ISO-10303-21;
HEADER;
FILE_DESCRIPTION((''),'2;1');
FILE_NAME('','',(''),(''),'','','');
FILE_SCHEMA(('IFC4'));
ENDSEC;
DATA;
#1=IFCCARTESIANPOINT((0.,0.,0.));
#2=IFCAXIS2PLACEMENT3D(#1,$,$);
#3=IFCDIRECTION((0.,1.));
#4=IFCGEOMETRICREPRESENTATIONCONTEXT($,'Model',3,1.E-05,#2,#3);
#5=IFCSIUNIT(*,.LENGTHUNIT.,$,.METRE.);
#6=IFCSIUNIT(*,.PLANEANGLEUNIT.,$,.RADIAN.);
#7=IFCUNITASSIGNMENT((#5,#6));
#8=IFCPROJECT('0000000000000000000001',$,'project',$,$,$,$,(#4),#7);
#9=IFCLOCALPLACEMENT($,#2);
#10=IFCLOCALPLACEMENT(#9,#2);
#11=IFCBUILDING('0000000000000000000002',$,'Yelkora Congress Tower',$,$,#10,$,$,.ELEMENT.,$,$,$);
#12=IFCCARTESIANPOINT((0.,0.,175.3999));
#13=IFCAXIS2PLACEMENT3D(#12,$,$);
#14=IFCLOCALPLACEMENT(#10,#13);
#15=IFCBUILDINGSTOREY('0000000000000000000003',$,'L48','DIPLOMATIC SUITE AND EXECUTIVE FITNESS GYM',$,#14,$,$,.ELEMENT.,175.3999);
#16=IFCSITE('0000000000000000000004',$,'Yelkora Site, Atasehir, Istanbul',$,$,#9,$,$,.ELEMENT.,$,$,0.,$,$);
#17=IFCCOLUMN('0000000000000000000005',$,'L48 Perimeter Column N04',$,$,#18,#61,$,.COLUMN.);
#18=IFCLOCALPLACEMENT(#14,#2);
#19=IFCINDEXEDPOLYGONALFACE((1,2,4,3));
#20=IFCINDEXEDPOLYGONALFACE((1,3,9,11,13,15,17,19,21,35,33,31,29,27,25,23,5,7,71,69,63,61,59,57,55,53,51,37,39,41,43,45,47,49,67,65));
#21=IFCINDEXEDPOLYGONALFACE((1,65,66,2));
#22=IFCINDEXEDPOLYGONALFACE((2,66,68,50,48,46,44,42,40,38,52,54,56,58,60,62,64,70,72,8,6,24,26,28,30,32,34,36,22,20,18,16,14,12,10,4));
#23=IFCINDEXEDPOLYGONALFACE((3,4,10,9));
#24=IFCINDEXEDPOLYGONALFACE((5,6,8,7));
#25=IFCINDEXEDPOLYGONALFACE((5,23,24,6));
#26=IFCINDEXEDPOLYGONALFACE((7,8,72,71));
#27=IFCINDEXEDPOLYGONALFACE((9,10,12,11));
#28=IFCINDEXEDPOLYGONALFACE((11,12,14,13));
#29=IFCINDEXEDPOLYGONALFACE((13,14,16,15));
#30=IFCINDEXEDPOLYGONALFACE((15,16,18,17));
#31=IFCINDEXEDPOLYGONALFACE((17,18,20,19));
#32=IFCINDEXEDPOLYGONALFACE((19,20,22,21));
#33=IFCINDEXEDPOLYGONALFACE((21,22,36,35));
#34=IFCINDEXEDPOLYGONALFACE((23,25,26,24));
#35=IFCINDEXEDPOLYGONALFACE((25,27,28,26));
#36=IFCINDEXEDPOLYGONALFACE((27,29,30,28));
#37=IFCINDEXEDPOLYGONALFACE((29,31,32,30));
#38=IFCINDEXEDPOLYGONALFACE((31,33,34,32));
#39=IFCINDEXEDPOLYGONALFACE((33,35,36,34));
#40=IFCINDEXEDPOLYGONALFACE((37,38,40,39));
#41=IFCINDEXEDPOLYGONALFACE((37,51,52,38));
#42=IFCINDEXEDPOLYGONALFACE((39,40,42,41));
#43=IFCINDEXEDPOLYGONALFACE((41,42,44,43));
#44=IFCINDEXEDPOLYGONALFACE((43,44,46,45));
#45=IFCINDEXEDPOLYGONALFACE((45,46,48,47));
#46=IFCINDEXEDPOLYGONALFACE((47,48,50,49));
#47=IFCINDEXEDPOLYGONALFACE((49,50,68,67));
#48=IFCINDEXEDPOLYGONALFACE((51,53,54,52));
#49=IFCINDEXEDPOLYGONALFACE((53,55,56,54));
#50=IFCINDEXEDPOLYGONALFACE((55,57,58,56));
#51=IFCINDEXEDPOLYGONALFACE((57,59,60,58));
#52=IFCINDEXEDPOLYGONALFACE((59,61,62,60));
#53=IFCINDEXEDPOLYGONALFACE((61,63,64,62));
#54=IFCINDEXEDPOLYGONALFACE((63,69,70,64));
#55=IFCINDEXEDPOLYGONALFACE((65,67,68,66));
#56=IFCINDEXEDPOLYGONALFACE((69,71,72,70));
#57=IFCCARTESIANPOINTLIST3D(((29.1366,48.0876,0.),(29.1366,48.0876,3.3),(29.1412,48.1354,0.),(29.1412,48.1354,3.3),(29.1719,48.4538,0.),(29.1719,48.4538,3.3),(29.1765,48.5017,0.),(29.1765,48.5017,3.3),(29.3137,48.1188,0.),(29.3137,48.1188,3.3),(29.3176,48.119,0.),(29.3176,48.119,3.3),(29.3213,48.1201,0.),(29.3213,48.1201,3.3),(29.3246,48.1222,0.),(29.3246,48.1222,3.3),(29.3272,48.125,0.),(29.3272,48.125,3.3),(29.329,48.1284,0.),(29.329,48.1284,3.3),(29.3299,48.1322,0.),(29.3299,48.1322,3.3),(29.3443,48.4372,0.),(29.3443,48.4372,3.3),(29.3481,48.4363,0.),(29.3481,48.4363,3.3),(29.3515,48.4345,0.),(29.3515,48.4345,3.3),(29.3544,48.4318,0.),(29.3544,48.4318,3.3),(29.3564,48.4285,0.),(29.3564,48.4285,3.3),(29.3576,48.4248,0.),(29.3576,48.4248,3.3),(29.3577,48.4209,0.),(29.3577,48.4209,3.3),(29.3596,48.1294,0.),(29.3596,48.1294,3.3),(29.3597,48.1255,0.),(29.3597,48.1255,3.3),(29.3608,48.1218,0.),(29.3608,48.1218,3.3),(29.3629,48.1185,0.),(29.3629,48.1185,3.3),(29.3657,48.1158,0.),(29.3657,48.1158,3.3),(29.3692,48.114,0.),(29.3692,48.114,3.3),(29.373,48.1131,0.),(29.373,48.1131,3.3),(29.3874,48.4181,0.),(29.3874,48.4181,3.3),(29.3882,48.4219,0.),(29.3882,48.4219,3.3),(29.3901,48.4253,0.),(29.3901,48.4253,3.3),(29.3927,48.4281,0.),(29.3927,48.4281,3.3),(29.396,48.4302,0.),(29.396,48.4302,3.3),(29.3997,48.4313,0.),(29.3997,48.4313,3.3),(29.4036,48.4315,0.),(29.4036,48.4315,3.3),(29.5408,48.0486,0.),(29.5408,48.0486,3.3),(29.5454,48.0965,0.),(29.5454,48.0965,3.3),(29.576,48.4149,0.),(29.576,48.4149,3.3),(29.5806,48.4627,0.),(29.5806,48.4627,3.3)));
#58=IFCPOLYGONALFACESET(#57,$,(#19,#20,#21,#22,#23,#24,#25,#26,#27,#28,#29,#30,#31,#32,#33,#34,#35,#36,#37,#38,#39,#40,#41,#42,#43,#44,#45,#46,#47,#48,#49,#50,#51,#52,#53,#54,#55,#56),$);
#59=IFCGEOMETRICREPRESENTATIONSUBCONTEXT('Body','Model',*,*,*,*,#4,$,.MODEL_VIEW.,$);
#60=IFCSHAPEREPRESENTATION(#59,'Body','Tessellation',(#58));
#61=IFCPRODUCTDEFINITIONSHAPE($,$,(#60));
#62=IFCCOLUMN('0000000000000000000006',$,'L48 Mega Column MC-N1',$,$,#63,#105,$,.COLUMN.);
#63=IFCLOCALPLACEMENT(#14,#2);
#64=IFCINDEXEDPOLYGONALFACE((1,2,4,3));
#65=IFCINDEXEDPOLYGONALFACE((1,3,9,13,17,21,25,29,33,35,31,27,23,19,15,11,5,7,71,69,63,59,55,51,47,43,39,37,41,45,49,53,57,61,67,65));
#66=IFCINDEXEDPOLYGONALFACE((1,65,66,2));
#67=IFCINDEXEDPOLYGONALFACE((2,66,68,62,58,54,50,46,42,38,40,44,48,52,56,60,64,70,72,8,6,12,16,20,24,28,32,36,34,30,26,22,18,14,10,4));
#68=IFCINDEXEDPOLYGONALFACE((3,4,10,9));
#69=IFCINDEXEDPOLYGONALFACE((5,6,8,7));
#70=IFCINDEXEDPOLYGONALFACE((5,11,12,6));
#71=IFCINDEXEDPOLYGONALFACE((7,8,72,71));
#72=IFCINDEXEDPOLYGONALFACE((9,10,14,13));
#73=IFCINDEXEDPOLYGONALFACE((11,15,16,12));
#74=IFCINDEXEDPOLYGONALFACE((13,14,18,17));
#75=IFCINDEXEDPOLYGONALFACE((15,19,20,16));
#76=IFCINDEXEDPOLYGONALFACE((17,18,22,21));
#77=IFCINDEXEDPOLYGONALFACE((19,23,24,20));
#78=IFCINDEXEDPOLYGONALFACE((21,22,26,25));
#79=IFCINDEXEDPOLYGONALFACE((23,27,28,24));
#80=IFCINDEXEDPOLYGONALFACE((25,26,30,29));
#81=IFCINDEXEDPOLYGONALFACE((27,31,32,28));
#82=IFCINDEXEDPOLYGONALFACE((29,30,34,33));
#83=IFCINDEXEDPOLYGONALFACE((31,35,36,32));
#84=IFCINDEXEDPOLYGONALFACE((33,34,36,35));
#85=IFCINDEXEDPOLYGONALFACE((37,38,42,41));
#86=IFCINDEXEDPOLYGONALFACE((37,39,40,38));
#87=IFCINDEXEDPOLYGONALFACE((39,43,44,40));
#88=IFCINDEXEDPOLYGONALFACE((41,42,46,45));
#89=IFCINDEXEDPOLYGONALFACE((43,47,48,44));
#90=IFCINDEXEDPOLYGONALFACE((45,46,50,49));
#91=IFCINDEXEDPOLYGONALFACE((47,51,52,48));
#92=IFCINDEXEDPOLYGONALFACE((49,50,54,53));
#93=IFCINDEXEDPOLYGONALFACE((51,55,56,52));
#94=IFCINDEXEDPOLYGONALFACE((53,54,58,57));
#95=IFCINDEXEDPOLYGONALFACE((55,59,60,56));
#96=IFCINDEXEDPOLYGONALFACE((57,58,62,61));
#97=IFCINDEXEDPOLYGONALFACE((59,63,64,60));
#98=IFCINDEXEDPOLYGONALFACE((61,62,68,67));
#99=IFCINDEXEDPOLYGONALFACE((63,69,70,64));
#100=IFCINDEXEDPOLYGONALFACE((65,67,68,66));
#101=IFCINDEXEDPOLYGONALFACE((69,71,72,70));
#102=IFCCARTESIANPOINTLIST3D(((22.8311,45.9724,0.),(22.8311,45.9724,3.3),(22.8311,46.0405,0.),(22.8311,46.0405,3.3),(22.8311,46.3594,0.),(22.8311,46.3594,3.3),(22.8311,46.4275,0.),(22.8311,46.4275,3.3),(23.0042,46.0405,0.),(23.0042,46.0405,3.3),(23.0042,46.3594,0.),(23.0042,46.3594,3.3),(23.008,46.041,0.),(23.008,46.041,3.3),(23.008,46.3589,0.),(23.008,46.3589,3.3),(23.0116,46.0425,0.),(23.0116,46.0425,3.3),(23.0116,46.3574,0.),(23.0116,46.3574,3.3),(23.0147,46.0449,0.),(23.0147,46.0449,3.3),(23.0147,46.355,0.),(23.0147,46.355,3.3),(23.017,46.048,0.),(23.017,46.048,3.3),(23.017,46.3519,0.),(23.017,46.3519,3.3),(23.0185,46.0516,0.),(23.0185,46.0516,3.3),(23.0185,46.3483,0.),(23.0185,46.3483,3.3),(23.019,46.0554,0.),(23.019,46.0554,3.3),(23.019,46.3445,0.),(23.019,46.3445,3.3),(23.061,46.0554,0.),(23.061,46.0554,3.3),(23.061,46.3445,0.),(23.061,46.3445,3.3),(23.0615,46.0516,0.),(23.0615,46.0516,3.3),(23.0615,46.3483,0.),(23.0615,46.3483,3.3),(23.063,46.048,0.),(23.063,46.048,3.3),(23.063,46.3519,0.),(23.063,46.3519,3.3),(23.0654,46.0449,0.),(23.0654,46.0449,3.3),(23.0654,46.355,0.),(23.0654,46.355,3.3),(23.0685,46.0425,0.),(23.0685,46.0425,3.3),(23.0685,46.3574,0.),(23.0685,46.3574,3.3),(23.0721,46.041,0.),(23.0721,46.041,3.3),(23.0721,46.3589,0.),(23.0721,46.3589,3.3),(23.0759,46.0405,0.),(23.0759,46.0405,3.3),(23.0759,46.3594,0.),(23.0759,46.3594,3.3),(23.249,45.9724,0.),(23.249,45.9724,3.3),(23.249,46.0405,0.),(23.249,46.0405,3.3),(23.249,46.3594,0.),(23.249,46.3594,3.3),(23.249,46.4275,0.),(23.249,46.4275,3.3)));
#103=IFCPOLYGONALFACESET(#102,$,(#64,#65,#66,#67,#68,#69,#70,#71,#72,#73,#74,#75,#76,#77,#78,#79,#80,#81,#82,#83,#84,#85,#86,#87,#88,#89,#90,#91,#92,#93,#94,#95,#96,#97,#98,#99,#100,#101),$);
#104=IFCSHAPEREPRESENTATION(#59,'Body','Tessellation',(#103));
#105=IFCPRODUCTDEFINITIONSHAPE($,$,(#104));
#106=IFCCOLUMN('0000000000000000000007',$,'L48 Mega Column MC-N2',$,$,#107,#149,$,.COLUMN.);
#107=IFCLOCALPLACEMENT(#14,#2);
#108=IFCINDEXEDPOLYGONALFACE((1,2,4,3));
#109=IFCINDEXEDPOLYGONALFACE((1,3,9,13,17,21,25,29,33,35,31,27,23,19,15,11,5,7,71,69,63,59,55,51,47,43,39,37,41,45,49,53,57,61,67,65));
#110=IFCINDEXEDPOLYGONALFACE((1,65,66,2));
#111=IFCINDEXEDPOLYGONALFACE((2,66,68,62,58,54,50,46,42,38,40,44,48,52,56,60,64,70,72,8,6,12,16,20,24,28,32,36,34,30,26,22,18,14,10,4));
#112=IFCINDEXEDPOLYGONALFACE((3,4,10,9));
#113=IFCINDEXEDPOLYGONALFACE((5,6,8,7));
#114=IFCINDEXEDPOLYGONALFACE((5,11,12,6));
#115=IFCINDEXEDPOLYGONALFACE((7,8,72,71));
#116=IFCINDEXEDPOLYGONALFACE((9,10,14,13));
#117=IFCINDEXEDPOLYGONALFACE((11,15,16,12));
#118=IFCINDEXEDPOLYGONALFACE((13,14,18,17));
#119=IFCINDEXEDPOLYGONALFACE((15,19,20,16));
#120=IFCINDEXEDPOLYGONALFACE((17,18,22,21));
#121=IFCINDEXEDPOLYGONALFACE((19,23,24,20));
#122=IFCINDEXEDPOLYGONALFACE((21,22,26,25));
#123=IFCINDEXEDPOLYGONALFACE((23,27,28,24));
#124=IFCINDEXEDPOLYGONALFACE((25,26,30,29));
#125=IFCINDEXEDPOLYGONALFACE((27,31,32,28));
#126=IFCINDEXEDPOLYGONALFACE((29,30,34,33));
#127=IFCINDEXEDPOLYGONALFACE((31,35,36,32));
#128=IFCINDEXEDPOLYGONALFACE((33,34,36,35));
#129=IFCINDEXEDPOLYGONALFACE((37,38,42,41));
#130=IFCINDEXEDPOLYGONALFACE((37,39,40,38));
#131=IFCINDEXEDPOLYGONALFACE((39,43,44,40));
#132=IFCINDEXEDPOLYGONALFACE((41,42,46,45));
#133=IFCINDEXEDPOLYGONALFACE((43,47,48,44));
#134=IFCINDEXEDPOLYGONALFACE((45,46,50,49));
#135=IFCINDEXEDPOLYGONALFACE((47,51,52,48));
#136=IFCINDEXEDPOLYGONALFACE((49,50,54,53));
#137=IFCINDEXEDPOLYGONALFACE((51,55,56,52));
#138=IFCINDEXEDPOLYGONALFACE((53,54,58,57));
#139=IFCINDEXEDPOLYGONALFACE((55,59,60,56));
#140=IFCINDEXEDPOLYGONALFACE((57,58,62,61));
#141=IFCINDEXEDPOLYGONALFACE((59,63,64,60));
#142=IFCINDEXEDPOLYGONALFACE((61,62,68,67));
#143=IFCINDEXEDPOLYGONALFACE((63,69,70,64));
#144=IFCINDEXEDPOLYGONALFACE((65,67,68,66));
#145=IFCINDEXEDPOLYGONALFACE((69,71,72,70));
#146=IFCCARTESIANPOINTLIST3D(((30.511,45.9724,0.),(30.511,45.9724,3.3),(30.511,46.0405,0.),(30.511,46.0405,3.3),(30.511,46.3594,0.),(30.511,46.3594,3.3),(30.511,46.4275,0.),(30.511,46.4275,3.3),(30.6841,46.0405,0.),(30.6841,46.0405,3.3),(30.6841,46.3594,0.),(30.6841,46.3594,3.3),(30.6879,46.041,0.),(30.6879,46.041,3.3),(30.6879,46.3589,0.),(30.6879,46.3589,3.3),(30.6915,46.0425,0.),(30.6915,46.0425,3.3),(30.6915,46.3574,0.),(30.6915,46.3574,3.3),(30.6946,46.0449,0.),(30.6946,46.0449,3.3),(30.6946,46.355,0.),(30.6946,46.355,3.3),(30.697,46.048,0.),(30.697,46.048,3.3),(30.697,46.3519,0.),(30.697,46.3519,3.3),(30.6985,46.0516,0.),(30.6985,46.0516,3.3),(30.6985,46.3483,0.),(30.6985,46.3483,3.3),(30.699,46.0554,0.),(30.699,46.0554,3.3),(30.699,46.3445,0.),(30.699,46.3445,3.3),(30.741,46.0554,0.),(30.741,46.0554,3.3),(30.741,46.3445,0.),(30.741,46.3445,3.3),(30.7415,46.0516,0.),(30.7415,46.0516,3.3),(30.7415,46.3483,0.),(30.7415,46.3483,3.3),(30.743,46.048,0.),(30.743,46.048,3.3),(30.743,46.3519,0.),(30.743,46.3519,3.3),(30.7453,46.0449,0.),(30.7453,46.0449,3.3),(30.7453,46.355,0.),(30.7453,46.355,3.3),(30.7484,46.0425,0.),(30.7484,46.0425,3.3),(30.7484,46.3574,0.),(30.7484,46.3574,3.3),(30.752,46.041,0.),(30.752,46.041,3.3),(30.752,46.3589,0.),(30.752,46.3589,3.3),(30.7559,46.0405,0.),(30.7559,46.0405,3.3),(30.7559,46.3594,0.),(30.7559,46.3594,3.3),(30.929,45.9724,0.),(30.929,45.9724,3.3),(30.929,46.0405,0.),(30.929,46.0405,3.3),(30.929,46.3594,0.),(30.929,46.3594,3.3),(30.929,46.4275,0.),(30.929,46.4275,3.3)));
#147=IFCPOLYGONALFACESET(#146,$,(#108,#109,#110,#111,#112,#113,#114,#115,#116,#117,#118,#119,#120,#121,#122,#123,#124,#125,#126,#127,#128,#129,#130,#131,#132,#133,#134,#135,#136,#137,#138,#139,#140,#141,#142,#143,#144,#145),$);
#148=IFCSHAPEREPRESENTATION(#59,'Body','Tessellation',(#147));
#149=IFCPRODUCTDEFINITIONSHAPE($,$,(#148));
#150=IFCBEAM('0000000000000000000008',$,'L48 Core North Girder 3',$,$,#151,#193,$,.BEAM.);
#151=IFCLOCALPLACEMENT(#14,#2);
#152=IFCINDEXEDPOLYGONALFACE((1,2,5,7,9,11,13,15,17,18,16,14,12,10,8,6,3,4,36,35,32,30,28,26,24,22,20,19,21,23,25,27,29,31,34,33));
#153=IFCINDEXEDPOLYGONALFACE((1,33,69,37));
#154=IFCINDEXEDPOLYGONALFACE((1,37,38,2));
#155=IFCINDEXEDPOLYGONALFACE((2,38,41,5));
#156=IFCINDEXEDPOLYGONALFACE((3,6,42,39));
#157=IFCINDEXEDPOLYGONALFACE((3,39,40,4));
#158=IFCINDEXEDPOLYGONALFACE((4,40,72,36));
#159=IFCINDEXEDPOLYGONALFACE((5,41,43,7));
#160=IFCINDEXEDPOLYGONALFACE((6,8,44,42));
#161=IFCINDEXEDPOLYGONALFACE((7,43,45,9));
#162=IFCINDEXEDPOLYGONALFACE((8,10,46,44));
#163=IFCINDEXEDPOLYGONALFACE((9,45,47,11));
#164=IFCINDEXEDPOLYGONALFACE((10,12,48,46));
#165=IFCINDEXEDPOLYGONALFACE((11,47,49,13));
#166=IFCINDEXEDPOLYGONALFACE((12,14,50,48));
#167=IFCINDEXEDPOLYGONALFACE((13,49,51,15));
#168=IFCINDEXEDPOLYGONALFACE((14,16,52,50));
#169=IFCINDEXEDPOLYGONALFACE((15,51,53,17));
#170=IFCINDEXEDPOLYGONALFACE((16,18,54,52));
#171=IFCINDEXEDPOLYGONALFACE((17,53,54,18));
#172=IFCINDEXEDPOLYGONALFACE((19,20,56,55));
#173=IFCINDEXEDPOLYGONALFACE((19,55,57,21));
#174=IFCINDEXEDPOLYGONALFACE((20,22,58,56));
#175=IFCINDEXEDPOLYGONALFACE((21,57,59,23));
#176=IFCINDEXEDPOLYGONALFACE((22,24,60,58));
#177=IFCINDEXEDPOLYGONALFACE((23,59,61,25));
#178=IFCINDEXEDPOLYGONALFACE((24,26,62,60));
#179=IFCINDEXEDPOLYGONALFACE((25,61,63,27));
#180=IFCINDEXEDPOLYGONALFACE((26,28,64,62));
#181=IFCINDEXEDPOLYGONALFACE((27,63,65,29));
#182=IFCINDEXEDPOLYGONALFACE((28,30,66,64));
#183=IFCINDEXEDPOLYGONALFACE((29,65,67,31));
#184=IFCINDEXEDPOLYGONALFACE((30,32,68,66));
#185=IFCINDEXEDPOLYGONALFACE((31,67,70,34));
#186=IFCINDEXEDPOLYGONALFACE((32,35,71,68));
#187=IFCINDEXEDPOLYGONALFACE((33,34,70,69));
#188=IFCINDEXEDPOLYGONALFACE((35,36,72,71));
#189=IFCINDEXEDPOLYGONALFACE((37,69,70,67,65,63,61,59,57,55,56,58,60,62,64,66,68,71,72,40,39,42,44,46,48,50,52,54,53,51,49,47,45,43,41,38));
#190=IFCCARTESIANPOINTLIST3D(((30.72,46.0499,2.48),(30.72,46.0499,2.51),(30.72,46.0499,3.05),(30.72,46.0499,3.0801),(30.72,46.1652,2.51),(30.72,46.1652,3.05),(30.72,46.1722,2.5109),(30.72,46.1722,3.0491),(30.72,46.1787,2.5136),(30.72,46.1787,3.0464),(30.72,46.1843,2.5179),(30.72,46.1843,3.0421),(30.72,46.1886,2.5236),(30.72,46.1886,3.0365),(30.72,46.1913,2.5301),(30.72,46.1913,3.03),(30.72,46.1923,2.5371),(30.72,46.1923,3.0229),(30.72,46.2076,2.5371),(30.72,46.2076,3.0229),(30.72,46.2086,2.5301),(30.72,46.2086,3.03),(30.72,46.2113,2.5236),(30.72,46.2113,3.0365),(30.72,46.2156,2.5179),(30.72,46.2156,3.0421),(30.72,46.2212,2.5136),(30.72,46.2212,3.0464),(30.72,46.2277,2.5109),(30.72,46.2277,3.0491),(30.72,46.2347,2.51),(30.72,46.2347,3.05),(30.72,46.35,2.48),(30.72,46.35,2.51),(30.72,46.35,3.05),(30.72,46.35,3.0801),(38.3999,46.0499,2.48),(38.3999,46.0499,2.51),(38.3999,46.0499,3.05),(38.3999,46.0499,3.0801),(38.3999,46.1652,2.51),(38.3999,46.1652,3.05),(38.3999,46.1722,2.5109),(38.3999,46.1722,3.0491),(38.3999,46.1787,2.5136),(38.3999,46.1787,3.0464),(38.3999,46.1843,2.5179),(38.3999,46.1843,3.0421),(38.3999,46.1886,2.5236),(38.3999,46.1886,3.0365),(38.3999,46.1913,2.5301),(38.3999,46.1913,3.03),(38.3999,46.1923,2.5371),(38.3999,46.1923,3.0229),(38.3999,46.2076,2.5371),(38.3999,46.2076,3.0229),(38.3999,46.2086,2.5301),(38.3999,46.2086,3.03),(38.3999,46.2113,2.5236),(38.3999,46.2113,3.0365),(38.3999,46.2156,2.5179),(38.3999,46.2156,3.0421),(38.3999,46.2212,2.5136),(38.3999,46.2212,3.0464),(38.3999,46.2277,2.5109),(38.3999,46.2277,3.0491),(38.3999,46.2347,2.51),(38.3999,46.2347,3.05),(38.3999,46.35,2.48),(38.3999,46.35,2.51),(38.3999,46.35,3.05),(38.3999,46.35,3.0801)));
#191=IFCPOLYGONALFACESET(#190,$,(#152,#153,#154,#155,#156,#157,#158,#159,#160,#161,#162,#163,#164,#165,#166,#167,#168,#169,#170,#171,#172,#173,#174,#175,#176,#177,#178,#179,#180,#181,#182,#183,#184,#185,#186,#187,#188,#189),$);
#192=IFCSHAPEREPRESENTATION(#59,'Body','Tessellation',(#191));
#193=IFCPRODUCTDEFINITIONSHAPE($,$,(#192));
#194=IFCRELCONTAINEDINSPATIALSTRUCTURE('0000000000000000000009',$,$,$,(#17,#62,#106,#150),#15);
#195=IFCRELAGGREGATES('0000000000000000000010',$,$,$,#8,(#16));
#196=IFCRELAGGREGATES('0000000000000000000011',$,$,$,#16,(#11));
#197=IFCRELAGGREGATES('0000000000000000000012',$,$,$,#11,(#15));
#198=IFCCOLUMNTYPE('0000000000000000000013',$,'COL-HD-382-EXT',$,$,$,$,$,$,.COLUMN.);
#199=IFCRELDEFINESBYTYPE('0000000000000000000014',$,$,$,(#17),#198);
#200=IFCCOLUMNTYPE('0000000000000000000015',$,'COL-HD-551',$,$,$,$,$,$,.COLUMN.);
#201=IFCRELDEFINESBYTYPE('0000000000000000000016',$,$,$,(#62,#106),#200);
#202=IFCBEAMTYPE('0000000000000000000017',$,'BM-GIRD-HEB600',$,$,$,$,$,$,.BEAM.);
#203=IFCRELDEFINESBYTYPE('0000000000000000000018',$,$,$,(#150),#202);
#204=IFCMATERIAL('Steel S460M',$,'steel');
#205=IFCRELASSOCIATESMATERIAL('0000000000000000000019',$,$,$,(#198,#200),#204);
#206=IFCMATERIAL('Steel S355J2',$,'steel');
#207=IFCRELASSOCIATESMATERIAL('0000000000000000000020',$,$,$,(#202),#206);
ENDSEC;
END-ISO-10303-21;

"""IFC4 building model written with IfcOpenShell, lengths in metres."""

from ifc_helpers import new_model, si_unit, direction, frame, origin, origin_2d, place, context, subcontext, project, spatial, i_section, extrude, material, material_profile, profile_set, type_object, element, save


model = new_model("IFC4")

# Units and contexts
model_context = context("Model", 3, precision=1e-05, world=origin(), true_north=direction((0.0, 1.0)))
body_context = subcontext(model_context, "Body", "Model", "MODEL_VIEW")
ifc_project = project(units=[si_unit("LENGTHUNIT", "METRE"), si_unit("PLANEANGLEUNIT", "RADIAN")], contexts=[model_context])

# Site, building, storey
site_placement = place(None, origin())
site = spatial("IfcSite", under=ifc_project, at=site_placement, Name="Yelkora Site, Atasehir, Istanbul", CompositionType="ELEMENT", RefElevation=0.0)
building_placement = place(site_placement, origin())
building = spatial("IfcBuilding", under=site, at=building_placement, Name="Yelkora Congress Tower", CompositionType="ELEMENT")
storey_placement = place(building_placement, frame((0.0, 0.0, 175.3999)))
storey = spatial("IfcBuildingStorey", under=building, at=storey_placement, Name="L48", Description="DIPLOMATIC SUITE AND EXECUTIVE FITNESS GYM", CompositionType="ELEMENT", Elevation=175.3999)

# Columns
ifc_material_1 = material(Name="Steel S460M", Category="steel")
ifc_material_profile_1 = material_profile(ifc_material_1, i_section(OverallWidth=0.406, OverallDepth=0.416, WebThickness=0.0298, FlangeThickness=0.0481, FilletRadius=0.0149, at=origin_2d()), Name="HD 400x382")
ifc_profile_set_1 = profile_set([ifc_material_profile_1], Name="Steel S460M")
column_type_1 = type_object("IfcColumnType", Name="COL-HD-382-EXT", PredefinedType="COLUMN", material=ifc_profile_set_1)
column_placement = place(storey_placement, frame((29.3586, 48.2751, 0.0), z_axis=(0.0, 0.0, 1.0), x_axis=(0.995396, -0.095846, 0.0)))
element("IfcColumn", 1, at=column_placement, inside=storey, type_object=column_type_1, Name="L48 Perimeter Column N04", PredefinedType="COLUMN", context=body_context, shape_type="SweptSolid", body=[
    extrude(i_section(OverallWidth=0.406, OverallDepth=0.416, WebThickness=0.0298, FlangeThickness=0.0481, FilletRadius=0.0149, at=origin_2d()), origin(), (0.0, 0.0, 1.0), 3.3),
])
ifc_material_profile_2 = material_profile(ifc_material_1, i_section(OverallWidth=0.418, OverallDepth=0.4551, WebThickness=0.042, FlangeThickness=0.0681, FilletRadius=0.0149, at=origin_2d()), Name="HD 400x551")
ifc_profile_set_2 = profile_set([ifc_material_profile_2], Name="Steel S460M")
column_type_2 = type_object("IfcColumnType", Name="COL-HD-551", PredefinedType="COLUMN", material=ifc_profile_set_2)
for number, where, z_axis, x_axis, name in (
    (2, (23.04, 46.2, 0.0), (0.0, 0.0, 1.0), (1.0, 0.0, 0.0), "L48 Mega Column MC-N1"),
    (3, (30.72, 46.2, 0.0), (0.0, 0.0, 1.0), (1.0, 0.0, 0.0), "L48 Mega Column MC-N2"),
):
    element("IfcColumn", number, at=place(storey_placement, frame(where, z_axis=z_axis, x_axis=x_axis)), inside=storey, type_object=column_type_2, Name=name, PredefinedType="COLUMN", context=body_context, shape_type="SweptSolid", body=[
        extrude(i_section(OverallWidth=0.418, OverallDepth=0.4551, WebThickness=0.042, FlangeThickness=0.0681, FilletRadius=0.0149, at=origin_2d()), origin(), (0.0, 0.0, 1.0), 3.3),
    ])

# Beam
ifc_material_2 = material(Name="Steel S355J2", Category="steel")
ifc_material_profile_3 = material_profile(ifc_material_2, i_section(OverallWidth=0.3, OverallDepth=0.6001, WebThickness=0.0154, FlangeThickness=0.03, FilletRadius=0.0271, at=origin_2d()), Name="HEB 600")
ifc_profile_set_3 = profile_set([ifc_material_profile_3], Name="Steel S355J2")
beam_type_1 = type_object("IfcBeamType", Name="BM-GIRD-HEB600", PredefinedType="BEAM", material=ifc_profile_set_3)
beam_1_placement = place(storey_placement, frame((30.72, 46.2, 2.78), z_axis=(1.0, 0.0, 0.0), x_axis=(0.0, 1.0, 0.0)))
element("IfcBeam", 4, at=beam_1_placement, inside=storey, type_object=beam_type_1, Name="L48 Core North Girder 3", PredefinedType="BEAM", context=body_context, shape_type="SweptSolid", body=[
    extrude(i_section(OverallWidth=0.3, OverallDepth=0.6001, WebThickness=0.0154, FlangeThickness=0.03, FilletRadius=0.0271, at=origin_2d()), origin(), (0.0, 0.0, 1.0), 7.6799),
])

save(model, "model.ifc")
